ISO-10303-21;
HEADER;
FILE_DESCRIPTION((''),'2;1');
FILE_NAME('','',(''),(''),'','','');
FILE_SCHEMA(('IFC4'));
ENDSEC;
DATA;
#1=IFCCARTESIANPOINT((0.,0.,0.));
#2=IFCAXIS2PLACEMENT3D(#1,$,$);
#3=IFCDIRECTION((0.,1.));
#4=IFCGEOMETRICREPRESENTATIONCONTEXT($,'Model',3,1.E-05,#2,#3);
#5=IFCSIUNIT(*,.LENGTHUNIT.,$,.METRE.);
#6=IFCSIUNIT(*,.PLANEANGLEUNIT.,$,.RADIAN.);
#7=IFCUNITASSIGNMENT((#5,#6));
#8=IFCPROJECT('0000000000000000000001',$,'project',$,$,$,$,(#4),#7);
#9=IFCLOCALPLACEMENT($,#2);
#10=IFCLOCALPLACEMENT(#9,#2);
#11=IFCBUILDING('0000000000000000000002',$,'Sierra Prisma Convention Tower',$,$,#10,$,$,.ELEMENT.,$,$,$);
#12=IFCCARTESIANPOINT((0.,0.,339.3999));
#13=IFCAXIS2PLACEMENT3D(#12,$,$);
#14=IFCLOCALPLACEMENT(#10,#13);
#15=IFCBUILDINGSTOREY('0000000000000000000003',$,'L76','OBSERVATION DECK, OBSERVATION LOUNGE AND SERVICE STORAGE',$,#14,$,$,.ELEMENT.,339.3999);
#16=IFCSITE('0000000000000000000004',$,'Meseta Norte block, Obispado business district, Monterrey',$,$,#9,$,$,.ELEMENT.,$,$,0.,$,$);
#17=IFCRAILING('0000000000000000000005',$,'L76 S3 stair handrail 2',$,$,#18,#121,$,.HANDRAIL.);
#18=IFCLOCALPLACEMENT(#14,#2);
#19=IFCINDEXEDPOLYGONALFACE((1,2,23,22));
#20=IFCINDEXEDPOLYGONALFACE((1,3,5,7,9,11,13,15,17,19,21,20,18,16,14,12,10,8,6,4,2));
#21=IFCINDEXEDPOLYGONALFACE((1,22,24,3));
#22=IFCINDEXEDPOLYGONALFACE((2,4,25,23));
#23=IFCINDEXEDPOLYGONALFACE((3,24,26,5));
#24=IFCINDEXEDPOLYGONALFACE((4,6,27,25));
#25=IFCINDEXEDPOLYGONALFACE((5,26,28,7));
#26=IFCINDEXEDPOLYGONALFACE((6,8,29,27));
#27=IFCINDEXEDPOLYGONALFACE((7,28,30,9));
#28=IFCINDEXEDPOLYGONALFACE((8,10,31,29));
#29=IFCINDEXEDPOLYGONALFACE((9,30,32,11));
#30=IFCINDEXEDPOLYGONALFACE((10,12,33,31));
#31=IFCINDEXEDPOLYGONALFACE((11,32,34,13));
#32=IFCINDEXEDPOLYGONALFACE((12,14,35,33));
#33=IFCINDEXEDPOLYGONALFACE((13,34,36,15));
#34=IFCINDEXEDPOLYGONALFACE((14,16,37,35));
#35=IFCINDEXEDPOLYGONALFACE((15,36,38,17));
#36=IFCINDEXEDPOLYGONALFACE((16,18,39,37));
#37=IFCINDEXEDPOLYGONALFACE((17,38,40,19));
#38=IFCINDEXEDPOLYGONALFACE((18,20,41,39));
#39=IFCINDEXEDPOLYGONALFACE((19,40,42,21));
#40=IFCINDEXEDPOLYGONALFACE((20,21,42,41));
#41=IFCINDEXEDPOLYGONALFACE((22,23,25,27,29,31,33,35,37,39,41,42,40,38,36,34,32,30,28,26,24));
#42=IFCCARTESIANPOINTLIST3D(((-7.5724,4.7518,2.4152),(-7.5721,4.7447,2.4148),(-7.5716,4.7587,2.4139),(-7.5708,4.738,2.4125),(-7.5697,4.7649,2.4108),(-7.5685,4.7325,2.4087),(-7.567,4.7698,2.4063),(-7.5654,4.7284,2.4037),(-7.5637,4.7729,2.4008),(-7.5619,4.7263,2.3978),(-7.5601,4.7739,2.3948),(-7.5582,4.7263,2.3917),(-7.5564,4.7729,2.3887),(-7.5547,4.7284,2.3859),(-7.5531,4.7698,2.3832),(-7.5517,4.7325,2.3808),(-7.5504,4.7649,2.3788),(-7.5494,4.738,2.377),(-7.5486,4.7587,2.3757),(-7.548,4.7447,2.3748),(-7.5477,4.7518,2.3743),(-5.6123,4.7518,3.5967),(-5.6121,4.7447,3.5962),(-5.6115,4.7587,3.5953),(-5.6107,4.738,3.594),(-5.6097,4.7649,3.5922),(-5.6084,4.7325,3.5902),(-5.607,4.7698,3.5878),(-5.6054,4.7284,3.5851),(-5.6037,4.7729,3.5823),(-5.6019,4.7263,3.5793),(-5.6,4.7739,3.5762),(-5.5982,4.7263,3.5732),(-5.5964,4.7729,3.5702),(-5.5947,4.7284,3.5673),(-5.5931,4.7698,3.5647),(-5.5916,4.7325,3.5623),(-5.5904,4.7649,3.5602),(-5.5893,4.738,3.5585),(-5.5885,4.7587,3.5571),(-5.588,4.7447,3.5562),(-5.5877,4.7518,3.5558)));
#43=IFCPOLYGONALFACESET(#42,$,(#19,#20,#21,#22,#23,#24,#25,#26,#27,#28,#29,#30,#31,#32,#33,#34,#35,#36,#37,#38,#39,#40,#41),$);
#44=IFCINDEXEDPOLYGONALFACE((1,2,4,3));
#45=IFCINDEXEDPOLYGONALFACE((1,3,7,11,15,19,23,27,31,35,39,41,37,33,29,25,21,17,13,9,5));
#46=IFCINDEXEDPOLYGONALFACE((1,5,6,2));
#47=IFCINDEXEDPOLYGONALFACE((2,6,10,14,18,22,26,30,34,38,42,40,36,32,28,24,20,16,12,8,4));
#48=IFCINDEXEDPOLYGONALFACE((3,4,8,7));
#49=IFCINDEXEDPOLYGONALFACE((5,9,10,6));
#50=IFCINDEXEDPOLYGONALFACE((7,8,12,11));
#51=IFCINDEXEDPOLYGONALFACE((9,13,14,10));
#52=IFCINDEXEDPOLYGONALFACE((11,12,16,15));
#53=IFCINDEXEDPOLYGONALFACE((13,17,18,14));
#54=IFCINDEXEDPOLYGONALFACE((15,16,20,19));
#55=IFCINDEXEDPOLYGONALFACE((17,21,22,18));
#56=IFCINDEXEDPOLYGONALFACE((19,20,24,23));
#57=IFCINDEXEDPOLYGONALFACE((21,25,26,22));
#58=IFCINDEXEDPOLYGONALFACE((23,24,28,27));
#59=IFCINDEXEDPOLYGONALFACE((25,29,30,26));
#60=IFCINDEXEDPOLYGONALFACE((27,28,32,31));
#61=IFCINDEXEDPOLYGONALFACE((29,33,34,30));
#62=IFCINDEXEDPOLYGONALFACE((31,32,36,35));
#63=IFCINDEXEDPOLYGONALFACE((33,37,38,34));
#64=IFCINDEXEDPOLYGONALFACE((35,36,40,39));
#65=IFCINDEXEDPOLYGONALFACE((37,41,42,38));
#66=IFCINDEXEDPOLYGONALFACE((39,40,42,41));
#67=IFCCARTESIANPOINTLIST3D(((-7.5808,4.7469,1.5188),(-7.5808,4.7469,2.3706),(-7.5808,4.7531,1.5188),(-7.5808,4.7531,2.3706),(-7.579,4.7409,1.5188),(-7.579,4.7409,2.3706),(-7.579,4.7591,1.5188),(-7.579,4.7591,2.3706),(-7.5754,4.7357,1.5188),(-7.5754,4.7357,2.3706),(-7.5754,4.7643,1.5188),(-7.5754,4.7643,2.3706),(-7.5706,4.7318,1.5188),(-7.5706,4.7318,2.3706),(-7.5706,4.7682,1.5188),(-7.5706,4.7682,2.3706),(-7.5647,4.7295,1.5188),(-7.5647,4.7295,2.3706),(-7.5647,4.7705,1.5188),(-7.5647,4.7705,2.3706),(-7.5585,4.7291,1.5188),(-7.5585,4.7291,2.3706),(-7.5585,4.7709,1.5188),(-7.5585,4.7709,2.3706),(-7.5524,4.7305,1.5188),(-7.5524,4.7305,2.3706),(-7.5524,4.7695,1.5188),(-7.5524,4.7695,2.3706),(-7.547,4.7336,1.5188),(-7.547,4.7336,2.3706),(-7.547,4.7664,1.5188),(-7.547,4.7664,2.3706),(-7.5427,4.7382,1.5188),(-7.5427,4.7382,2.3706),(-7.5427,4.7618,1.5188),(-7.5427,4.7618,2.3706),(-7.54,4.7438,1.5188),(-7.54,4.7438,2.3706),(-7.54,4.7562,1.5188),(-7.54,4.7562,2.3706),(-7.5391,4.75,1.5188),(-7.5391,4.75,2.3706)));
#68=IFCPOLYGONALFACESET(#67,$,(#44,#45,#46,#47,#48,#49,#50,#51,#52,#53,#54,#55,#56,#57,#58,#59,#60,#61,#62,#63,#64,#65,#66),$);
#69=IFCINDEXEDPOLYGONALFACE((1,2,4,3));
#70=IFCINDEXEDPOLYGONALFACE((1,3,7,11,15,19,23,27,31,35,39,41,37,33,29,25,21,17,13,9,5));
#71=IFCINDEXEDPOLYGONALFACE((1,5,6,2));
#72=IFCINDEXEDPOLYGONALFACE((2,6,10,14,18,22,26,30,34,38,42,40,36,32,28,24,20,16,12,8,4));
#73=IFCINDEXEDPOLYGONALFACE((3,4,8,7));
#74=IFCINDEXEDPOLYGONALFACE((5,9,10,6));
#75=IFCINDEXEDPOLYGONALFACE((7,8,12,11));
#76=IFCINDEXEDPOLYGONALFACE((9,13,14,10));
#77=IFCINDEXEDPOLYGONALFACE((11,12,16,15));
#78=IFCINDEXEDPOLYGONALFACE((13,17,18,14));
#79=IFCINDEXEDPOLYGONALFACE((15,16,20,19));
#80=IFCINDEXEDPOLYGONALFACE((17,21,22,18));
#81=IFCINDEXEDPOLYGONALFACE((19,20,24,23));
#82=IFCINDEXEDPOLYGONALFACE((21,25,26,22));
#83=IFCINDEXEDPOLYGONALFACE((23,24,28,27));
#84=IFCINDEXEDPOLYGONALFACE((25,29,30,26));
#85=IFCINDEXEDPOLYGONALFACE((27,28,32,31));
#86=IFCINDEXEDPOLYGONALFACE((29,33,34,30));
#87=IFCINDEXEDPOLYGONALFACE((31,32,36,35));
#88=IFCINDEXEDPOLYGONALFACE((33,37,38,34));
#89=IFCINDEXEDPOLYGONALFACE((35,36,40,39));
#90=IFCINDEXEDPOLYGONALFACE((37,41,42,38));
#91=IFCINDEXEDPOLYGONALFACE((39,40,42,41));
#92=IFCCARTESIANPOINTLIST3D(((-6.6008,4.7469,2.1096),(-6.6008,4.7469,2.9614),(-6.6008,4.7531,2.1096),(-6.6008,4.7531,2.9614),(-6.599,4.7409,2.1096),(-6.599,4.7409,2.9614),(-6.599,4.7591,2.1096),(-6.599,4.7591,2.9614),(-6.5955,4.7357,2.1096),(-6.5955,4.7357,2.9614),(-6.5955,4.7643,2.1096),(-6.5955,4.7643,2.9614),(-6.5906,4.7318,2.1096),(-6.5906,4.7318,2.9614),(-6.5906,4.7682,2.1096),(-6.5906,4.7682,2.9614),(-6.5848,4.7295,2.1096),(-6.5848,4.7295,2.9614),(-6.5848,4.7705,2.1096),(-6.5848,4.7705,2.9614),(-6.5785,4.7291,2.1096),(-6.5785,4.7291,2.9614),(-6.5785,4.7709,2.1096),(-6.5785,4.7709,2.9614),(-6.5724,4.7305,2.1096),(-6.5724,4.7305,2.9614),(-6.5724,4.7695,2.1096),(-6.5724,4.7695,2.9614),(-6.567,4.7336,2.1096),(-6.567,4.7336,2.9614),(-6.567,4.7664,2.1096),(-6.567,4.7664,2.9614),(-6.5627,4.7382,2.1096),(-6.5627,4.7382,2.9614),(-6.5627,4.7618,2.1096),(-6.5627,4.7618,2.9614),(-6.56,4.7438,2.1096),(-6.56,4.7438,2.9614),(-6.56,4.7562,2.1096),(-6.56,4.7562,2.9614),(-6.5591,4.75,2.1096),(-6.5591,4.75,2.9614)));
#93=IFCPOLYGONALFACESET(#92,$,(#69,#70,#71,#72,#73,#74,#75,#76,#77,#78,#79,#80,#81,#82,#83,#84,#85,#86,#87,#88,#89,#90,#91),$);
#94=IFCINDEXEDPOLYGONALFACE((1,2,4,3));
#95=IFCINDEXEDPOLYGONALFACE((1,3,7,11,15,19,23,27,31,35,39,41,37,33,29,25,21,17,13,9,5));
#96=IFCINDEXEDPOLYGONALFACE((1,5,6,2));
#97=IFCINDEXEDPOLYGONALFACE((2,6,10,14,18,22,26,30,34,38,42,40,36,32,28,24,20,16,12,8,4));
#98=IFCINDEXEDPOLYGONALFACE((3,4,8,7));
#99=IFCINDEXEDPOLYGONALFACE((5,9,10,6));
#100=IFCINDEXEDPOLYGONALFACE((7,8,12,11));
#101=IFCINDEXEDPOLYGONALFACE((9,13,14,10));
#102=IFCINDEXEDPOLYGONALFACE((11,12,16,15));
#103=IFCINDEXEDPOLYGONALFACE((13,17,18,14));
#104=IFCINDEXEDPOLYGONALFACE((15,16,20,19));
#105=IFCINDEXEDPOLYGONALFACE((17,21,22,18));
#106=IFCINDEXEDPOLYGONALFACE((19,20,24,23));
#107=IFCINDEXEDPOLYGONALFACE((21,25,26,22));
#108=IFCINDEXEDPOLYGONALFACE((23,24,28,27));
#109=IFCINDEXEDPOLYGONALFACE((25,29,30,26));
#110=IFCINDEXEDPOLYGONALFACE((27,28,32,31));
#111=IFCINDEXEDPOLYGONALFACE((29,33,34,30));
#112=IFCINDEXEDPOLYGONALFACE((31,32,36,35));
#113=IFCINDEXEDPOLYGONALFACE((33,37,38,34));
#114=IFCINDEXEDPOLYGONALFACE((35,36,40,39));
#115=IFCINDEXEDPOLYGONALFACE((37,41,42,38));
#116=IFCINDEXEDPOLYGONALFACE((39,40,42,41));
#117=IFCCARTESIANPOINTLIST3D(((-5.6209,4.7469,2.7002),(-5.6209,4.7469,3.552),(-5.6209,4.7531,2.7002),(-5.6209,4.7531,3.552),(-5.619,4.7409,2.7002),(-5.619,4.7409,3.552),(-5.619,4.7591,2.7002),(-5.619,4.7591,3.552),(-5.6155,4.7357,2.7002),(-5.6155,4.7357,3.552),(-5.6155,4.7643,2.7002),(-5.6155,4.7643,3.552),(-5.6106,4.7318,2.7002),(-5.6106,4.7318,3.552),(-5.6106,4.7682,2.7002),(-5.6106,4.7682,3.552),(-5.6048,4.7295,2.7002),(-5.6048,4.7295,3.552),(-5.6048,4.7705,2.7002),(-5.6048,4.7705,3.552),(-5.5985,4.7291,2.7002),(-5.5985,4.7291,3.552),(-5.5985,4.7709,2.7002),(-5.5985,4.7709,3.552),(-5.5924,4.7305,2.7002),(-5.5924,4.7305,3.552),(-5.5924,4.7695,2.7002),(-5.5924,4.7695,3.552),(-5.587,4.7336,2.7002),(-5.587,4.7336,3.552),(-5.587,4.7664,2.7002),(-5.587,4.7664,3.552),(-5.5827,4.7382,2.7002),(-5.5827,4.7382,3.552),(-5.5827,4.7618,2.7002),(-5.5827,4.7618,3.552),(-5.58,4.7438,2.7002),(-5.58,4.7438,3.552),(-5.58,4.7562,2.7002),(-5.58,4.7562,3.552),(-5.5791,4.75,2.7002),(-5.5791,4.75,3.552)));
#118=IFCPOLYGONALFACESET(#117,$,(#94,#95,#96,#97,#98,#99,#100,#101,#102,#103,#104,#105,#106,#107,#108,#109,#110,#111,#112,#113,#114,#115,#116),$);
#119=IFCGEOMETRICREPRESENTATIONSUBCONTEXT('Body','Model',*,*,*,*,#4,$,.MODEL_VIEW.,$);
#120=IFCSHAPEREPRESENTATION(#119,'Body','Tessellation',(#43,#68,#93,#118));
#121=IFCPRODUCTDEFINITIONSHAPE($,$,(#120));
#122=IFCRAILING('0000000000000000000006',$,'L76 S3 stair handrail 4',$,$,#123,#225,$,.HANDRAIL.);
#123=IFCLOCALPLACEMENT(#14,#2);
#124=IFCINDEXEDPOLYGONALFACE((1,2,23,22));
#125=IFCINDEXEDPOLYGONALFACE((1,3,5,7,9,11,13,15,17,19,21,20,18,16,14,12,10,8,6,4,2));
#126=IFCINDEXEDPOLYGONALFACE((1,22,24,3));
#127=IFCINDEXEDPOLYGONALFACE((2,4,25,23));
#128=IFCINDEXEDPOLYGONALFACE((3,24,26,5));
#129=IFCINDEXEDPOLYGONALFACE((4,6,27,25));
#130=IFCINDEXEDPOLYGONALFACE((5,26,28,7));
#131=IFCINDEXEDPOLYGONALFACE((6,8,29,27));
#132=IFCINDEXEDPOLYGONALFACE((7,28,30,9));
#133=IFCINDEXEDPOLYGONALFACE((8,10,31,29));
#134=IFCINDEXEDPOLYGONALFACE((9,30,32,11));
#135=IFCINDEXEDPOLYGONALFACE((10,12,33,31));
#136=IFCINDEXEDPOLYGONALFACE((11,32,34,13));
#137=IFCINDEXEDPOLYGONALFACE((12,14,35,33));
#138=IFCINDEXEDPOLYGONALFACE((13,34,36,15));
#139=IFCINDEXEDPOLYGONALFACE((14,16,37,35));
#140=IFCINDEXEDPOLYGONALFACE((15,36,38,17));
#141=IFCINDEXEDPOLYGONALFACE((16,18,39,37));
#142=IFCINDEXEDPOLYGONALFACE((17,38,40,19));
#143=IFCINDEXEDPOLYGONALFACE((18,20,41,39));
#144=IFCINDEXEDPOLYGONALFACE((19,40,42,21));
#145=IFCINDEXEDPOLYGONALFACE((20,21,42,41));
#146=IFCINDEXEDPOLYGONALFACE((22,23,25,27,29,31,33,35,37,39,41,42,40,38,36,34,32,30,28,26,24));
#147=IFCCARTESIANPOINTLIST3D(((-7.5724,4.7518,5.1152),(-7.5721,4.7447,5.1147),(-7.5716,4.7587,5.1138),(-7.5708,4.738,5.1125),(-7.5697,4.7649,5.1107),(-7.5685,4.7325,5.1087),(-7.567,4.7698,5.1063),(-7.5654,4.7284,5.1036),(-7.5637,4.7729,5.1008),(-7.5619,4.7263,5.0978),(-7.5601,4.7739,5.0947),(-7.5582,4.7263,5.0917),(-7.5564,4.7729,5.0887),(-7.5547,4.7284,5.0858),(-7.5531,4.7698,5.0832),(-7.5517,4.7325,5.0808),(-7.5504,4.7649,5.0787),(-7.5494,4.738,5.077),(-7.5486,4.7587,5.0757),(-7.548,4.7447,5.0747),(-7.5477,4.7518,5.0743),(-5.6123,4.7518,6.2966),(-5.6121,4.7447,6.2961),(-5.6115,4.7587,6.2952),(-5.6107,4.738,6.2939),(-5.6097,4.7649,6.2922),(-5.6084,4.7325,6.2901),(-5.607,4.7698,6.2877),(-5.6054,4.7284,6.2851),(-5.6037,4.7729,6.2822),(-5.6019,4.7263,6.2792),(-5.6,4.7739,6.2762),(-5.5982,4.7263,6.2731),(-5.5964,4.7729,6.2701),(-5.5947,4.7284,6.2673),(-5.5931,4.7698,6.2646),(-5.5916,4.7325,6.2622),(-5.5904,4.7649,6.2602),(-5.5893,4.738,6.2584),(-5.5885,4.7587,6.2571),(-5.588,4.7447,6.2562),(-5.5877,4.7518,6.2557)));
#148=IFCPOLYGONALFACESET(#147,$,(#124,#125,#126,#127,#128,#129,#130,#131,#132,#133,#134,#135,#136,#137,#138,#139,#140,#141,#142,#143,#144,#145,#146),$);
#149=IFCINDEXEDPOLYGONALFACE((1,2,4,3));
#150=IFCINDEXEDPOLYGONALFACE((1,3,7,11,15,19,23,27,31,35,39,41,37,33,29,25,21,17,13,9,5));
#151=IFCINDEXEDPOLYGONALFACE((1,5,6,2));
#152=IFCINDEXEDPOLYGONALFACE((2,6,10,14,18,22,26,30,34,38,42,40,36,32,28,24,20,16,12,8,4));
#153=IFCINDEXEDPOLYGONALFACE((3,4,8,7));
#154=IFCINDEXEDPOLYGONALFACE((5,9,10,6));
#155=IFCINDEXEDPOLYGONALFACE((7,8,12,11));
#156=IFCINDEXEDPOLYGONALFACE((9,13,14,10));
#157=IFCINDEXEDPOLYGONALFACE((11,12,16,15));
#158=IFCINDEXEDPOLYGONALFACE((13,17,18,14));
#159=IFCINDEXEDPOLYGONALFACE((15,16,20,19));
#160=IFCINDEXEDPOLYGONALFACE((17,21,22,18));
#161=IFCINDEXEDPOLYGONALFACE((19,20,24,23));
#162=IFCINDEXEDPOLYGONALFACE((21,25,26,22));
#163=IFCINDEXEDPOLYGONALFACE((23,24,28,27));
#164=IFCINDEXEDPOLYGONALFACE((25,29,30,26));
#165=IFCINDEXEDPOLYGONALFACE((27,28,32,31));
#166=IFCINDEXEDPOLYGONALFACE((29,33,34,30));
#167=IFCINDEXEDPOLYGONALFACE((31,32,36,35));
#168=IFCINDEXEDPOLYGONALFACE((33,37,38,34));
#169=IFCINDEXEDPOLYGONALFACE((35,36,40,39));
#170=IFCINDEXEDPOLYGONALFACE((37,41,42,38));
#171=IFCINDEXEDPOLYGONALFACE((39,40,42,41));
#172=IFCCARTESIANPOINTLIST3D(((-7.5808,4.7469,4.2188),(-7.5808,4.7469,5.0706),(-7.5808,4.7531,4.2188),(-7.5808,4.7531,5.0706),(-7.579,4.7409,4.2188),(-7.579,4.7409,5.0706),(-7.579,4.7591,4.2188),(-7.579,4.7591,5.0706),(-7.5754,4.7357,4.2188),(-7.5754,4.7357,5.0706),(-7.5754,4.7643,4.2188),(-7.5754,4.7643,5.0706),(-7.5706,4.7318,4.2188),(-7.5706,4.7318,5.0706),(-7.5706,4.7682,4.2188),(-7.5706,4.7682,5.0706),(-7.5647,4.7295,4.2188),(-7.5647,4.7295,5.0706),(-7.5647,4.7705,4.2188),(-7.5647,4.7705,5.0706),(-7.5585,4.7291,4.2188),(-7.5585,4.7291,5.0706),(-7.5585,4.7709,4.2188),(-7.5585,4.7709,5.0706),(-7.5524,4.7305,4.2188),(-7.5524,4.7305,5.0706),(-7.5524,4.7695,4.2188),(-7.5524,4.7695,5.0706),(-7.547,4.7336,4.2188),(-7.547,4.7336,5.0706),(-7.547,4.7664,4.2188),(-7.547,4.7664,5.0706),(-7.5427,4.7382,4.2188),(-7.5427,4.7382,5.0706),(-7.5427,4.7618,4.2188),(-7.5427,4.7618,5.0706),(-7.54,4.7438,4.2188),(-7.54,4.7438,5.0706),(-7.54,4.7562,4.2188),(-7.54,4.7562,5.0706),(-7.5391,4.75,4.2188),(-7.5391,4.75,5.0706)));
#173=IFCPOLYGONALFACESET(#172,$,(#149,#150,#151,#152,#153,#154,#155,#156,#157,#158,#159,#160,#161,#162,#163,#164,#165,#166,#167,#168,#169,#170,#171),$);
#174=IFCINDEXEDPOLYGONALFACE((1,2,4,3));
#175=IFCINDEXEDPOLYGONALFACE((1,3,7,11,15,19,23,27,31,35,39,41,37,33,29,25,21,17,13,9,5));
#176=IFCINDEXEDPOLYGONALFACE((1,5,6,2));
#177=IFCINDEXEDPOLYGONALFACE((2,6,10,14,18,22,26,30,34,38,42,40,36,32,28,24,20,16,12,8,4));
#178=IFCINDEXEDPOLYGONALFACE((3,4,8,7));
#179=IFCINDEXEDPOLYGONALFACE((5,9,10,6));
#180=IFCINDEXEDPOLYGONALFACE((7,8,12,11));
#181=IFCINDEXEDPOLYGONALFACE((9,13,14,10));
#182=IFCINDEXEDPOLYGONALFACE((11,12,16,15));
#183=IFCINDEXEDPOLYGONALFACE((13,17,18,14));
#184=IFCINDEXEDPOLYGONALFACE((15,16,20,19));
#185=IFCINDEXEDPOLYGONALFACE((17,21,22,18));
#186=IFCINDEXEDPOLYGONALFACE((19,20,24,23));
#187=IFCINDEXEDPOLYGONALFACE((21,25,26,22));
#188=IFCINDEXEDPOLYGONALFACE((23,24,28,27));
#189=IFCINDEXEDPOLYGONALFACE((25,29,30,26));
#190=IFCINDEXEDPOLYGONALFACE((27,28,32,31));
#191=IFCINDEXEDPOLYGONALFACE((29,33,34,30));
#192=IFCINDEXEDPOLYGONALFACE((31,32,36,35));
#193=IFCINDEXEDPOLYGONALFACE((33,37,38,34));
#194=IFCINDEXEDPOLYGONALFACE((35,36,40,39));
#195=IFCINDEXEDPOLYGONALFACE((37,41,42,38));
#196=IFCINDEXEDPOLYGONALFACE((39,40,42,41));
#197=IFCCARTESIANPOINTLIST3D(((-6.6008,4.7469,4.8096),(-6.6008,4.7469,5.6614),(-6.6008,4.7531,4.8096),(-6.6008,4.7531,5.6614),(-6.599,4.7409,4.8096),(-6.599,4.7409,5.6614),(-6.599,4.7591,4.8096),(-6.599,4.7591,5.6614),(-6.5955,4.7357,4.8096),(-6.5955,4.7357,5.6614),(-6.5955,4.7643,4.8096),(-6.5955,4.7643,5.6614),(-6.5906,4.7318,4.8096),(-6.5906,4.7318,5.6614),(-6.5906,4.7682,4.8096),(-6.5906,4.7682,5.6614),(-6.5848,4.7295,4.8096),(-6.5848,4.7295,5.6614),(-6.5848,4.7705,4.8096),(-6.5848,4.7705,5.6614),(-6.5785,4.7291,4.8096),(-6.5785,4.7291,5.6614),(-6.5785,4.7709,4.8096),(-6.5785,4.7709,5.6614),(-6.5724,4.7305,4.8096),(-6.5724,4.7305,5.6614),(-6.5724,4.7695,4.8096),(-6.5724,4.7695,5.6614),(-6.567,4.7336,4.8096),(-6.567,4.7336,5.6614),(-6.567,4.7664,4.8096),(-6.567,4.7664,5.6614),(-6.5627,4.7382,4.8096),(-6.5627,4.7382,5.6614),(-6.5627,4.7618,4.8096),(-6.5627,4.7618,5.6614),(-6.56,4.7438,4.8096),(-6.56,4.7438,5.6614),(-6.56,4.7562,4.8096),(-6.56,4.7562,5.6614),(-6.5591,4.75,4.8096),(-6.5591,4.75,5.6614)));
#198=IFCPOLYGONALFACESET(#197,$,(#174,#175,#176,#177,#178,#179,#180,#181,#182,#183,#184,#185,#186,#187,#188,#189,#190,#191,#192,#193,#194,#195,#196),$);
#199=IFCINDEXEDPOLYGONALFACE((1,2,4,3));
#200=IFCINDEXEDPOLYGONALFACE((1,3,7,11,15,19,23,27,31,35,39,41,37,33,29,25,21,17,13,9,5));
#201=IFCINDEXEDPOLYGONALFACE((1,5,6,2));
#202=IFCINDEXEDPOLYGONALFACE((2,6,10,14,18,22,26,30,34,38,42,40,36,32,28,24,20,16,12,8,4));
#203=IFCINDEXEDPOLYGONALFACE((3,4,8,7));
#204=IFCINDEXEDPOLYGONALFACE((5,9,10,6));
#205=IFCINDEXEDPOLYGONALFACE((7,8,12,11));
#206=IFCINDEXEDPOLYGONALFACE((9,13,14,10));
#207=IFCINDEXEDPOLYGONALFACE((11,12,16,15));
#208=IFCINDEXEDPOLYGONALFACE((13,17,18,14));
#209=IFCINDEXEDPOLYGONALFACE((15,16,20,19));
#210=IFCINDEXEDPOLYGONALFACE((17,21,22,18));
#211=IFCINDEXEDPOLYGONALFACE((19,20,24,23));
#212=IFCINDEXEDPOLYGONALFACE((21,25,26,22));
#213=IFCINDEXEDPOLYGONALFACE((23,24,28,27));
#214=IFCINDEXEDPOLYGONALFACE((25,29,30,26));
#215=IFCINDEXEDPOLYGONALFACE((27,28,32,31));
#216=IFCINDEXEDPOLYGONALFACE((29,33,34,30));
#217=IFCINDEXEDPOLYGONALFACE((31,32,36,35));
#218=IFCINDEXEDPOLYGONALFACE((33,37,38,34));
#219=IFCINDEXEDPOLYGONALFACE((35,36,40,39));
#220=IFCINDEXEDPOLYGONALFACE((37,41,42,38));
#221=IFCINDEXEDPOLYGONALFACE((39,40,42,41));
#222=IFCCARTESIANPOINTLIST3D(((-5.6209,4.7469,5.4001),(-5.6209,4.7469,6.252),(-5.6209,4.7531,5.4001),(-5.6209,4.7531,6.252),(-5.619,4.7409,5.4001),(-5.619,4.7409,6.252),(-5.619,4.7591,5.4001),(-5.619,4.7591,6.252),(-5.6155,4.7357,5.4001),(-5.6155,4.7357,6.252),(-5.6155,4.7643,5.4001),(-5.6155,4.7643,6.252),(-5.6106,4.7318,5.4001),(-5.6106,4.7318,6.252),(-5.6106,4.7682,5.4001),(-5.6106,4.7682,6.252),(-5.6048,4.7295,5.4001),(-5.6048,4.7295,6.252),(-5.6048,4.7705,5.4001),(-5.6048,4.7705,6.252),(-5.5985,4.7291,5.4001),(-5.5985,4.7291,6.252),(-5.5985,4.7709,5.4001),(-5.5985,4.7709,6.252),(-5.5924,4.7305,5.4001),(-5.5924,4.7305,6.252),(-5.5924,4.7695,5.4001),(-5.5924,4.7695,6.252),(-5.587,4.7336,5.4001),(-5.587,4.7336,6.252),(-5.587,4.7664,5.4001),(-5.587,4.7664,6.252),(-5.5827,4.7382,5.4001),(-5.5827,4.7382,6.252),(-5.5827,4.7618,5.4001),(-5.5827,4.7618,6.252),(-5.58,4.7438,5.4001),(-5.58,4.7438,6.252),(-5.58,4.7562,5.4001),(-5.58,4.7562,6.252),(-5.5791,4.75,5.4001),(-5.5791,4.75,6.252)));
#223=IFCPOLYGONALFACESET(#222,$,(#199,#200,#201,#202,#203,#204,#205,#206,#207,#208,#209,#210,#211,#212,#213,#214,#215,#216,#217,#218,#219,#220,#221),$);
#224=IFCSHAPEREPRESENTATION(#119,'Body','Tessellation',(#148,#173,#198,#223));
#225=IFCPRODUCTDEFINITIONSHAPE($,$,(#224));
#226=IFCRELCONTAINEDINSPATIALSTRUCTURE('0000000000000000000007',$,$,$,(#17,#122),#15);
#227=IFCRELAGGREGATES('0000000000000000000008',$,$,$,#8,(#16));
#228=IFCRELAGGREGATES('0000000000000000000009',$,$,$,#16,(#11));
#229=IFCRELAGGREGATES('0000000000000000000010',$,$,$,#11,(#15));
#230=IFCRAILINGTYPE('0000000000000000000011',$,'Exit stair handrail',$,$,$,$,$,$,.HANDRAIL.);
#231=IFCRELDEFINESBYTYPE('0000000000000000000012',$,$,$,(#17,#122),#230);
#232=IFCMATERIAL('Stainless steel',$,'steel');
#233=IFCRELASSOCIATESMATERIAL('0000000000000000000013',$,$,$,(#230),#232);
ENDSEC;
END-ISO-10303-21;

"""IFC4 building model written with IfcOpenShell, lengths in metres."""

from ifc_helpers import new_model, si_unit, direction, frame, origin, origin_2d, place, context, subcontext, project, spatial, circle, extrude, material, type_object, element, save


model = new_model("IFC4")

# Units and contexts
model_context = context("Model", 3, precision=1e-05, world=origin(), true_north=direction((0.0, 1.0)))
body_context = subcontext(model_context, "Body", "Model", "MODEL_VIEW")
ifc_project = project(units=[si_unit("LENGTHUNIT", "METRE"), si_unit("PLANEANGLEUNIT", "RADIAN")], contexts=[model_context])

# Site, building, storey
site_placement = place(None, origin())
site = spatial("IfcSite", under=ifc_project, at=site_placement, Name="Meseta Norte block, Obispado business district, Monterrey", CompositionType="ELEMENT", RefElevation=0.0)
building_placement = place(site_placement, origin())
building = spatial("IfcBuilding", under=site, at=building_placement, Name="Sierra Prisma Convention Tower", CompositionType="ELEMENT")
storey_placement = place(building_placement, frame((0.0, 0.0, 339.3999)))
storey = spatial("IfcBuildingStorey", under=building, at=storey_placement, Name="L76", Description="OBSERVATION DECK, OBSERVATION LOUNGE AND SERVICE STORAGE", CompositionType="ELEMENT", Elevation=339.3999)

# Railings
ifc_material_1 = material(Name="Stainless steel", Category="steel")
railing_type_1 = type_object("IfcRailingType", Name="Exit stair handrail", PredefinedType="HANDRAIL", material=ifc_material_1)
for number, where, name in (
    (1, (-7.5601, 4.75, 1.5188), "L76 S3 stair handrail 2"),
    (2, (-7.5601, 4.75, 4.2188), "L76 S3 stair handrail 4"),
):
    element("IfcRailing", number, at=place(storey_placement, frame(where)), inside=storey, type_object=railing_type_1, Name=name, PredefinedType="HANDRAIL", context=body_context, shape_type="SweptSolid", body=[
        extrude(circle(Radius=0.0239, at=origin_2d()), frame((0.0, 0.0, 0.876), z_axis=(0.856446, 0.0, 0.516236), x_axis=(0.0, 1.0, 0.0)), (0.0, 0.0, 1.0), 2.2886),
        extrude(circle(Radius=0.021, at=origin_2d()), origin(), (0.0, 0.0, 1.0), 0.8518),
        extrude(circle(Radius=0.021, at=origin_2d()), frame((0.98, 0.0, 0.5908)), (0.0, 0.0, 1.0), 0.8518),
        extrude(circle(Radius=0.021, at=origin_2d()), frame((1.96, 0.0, 1.1814)), (0.0, 0.0, 1.0), 0.8518),
    ])

save(model, "model.ifc")
